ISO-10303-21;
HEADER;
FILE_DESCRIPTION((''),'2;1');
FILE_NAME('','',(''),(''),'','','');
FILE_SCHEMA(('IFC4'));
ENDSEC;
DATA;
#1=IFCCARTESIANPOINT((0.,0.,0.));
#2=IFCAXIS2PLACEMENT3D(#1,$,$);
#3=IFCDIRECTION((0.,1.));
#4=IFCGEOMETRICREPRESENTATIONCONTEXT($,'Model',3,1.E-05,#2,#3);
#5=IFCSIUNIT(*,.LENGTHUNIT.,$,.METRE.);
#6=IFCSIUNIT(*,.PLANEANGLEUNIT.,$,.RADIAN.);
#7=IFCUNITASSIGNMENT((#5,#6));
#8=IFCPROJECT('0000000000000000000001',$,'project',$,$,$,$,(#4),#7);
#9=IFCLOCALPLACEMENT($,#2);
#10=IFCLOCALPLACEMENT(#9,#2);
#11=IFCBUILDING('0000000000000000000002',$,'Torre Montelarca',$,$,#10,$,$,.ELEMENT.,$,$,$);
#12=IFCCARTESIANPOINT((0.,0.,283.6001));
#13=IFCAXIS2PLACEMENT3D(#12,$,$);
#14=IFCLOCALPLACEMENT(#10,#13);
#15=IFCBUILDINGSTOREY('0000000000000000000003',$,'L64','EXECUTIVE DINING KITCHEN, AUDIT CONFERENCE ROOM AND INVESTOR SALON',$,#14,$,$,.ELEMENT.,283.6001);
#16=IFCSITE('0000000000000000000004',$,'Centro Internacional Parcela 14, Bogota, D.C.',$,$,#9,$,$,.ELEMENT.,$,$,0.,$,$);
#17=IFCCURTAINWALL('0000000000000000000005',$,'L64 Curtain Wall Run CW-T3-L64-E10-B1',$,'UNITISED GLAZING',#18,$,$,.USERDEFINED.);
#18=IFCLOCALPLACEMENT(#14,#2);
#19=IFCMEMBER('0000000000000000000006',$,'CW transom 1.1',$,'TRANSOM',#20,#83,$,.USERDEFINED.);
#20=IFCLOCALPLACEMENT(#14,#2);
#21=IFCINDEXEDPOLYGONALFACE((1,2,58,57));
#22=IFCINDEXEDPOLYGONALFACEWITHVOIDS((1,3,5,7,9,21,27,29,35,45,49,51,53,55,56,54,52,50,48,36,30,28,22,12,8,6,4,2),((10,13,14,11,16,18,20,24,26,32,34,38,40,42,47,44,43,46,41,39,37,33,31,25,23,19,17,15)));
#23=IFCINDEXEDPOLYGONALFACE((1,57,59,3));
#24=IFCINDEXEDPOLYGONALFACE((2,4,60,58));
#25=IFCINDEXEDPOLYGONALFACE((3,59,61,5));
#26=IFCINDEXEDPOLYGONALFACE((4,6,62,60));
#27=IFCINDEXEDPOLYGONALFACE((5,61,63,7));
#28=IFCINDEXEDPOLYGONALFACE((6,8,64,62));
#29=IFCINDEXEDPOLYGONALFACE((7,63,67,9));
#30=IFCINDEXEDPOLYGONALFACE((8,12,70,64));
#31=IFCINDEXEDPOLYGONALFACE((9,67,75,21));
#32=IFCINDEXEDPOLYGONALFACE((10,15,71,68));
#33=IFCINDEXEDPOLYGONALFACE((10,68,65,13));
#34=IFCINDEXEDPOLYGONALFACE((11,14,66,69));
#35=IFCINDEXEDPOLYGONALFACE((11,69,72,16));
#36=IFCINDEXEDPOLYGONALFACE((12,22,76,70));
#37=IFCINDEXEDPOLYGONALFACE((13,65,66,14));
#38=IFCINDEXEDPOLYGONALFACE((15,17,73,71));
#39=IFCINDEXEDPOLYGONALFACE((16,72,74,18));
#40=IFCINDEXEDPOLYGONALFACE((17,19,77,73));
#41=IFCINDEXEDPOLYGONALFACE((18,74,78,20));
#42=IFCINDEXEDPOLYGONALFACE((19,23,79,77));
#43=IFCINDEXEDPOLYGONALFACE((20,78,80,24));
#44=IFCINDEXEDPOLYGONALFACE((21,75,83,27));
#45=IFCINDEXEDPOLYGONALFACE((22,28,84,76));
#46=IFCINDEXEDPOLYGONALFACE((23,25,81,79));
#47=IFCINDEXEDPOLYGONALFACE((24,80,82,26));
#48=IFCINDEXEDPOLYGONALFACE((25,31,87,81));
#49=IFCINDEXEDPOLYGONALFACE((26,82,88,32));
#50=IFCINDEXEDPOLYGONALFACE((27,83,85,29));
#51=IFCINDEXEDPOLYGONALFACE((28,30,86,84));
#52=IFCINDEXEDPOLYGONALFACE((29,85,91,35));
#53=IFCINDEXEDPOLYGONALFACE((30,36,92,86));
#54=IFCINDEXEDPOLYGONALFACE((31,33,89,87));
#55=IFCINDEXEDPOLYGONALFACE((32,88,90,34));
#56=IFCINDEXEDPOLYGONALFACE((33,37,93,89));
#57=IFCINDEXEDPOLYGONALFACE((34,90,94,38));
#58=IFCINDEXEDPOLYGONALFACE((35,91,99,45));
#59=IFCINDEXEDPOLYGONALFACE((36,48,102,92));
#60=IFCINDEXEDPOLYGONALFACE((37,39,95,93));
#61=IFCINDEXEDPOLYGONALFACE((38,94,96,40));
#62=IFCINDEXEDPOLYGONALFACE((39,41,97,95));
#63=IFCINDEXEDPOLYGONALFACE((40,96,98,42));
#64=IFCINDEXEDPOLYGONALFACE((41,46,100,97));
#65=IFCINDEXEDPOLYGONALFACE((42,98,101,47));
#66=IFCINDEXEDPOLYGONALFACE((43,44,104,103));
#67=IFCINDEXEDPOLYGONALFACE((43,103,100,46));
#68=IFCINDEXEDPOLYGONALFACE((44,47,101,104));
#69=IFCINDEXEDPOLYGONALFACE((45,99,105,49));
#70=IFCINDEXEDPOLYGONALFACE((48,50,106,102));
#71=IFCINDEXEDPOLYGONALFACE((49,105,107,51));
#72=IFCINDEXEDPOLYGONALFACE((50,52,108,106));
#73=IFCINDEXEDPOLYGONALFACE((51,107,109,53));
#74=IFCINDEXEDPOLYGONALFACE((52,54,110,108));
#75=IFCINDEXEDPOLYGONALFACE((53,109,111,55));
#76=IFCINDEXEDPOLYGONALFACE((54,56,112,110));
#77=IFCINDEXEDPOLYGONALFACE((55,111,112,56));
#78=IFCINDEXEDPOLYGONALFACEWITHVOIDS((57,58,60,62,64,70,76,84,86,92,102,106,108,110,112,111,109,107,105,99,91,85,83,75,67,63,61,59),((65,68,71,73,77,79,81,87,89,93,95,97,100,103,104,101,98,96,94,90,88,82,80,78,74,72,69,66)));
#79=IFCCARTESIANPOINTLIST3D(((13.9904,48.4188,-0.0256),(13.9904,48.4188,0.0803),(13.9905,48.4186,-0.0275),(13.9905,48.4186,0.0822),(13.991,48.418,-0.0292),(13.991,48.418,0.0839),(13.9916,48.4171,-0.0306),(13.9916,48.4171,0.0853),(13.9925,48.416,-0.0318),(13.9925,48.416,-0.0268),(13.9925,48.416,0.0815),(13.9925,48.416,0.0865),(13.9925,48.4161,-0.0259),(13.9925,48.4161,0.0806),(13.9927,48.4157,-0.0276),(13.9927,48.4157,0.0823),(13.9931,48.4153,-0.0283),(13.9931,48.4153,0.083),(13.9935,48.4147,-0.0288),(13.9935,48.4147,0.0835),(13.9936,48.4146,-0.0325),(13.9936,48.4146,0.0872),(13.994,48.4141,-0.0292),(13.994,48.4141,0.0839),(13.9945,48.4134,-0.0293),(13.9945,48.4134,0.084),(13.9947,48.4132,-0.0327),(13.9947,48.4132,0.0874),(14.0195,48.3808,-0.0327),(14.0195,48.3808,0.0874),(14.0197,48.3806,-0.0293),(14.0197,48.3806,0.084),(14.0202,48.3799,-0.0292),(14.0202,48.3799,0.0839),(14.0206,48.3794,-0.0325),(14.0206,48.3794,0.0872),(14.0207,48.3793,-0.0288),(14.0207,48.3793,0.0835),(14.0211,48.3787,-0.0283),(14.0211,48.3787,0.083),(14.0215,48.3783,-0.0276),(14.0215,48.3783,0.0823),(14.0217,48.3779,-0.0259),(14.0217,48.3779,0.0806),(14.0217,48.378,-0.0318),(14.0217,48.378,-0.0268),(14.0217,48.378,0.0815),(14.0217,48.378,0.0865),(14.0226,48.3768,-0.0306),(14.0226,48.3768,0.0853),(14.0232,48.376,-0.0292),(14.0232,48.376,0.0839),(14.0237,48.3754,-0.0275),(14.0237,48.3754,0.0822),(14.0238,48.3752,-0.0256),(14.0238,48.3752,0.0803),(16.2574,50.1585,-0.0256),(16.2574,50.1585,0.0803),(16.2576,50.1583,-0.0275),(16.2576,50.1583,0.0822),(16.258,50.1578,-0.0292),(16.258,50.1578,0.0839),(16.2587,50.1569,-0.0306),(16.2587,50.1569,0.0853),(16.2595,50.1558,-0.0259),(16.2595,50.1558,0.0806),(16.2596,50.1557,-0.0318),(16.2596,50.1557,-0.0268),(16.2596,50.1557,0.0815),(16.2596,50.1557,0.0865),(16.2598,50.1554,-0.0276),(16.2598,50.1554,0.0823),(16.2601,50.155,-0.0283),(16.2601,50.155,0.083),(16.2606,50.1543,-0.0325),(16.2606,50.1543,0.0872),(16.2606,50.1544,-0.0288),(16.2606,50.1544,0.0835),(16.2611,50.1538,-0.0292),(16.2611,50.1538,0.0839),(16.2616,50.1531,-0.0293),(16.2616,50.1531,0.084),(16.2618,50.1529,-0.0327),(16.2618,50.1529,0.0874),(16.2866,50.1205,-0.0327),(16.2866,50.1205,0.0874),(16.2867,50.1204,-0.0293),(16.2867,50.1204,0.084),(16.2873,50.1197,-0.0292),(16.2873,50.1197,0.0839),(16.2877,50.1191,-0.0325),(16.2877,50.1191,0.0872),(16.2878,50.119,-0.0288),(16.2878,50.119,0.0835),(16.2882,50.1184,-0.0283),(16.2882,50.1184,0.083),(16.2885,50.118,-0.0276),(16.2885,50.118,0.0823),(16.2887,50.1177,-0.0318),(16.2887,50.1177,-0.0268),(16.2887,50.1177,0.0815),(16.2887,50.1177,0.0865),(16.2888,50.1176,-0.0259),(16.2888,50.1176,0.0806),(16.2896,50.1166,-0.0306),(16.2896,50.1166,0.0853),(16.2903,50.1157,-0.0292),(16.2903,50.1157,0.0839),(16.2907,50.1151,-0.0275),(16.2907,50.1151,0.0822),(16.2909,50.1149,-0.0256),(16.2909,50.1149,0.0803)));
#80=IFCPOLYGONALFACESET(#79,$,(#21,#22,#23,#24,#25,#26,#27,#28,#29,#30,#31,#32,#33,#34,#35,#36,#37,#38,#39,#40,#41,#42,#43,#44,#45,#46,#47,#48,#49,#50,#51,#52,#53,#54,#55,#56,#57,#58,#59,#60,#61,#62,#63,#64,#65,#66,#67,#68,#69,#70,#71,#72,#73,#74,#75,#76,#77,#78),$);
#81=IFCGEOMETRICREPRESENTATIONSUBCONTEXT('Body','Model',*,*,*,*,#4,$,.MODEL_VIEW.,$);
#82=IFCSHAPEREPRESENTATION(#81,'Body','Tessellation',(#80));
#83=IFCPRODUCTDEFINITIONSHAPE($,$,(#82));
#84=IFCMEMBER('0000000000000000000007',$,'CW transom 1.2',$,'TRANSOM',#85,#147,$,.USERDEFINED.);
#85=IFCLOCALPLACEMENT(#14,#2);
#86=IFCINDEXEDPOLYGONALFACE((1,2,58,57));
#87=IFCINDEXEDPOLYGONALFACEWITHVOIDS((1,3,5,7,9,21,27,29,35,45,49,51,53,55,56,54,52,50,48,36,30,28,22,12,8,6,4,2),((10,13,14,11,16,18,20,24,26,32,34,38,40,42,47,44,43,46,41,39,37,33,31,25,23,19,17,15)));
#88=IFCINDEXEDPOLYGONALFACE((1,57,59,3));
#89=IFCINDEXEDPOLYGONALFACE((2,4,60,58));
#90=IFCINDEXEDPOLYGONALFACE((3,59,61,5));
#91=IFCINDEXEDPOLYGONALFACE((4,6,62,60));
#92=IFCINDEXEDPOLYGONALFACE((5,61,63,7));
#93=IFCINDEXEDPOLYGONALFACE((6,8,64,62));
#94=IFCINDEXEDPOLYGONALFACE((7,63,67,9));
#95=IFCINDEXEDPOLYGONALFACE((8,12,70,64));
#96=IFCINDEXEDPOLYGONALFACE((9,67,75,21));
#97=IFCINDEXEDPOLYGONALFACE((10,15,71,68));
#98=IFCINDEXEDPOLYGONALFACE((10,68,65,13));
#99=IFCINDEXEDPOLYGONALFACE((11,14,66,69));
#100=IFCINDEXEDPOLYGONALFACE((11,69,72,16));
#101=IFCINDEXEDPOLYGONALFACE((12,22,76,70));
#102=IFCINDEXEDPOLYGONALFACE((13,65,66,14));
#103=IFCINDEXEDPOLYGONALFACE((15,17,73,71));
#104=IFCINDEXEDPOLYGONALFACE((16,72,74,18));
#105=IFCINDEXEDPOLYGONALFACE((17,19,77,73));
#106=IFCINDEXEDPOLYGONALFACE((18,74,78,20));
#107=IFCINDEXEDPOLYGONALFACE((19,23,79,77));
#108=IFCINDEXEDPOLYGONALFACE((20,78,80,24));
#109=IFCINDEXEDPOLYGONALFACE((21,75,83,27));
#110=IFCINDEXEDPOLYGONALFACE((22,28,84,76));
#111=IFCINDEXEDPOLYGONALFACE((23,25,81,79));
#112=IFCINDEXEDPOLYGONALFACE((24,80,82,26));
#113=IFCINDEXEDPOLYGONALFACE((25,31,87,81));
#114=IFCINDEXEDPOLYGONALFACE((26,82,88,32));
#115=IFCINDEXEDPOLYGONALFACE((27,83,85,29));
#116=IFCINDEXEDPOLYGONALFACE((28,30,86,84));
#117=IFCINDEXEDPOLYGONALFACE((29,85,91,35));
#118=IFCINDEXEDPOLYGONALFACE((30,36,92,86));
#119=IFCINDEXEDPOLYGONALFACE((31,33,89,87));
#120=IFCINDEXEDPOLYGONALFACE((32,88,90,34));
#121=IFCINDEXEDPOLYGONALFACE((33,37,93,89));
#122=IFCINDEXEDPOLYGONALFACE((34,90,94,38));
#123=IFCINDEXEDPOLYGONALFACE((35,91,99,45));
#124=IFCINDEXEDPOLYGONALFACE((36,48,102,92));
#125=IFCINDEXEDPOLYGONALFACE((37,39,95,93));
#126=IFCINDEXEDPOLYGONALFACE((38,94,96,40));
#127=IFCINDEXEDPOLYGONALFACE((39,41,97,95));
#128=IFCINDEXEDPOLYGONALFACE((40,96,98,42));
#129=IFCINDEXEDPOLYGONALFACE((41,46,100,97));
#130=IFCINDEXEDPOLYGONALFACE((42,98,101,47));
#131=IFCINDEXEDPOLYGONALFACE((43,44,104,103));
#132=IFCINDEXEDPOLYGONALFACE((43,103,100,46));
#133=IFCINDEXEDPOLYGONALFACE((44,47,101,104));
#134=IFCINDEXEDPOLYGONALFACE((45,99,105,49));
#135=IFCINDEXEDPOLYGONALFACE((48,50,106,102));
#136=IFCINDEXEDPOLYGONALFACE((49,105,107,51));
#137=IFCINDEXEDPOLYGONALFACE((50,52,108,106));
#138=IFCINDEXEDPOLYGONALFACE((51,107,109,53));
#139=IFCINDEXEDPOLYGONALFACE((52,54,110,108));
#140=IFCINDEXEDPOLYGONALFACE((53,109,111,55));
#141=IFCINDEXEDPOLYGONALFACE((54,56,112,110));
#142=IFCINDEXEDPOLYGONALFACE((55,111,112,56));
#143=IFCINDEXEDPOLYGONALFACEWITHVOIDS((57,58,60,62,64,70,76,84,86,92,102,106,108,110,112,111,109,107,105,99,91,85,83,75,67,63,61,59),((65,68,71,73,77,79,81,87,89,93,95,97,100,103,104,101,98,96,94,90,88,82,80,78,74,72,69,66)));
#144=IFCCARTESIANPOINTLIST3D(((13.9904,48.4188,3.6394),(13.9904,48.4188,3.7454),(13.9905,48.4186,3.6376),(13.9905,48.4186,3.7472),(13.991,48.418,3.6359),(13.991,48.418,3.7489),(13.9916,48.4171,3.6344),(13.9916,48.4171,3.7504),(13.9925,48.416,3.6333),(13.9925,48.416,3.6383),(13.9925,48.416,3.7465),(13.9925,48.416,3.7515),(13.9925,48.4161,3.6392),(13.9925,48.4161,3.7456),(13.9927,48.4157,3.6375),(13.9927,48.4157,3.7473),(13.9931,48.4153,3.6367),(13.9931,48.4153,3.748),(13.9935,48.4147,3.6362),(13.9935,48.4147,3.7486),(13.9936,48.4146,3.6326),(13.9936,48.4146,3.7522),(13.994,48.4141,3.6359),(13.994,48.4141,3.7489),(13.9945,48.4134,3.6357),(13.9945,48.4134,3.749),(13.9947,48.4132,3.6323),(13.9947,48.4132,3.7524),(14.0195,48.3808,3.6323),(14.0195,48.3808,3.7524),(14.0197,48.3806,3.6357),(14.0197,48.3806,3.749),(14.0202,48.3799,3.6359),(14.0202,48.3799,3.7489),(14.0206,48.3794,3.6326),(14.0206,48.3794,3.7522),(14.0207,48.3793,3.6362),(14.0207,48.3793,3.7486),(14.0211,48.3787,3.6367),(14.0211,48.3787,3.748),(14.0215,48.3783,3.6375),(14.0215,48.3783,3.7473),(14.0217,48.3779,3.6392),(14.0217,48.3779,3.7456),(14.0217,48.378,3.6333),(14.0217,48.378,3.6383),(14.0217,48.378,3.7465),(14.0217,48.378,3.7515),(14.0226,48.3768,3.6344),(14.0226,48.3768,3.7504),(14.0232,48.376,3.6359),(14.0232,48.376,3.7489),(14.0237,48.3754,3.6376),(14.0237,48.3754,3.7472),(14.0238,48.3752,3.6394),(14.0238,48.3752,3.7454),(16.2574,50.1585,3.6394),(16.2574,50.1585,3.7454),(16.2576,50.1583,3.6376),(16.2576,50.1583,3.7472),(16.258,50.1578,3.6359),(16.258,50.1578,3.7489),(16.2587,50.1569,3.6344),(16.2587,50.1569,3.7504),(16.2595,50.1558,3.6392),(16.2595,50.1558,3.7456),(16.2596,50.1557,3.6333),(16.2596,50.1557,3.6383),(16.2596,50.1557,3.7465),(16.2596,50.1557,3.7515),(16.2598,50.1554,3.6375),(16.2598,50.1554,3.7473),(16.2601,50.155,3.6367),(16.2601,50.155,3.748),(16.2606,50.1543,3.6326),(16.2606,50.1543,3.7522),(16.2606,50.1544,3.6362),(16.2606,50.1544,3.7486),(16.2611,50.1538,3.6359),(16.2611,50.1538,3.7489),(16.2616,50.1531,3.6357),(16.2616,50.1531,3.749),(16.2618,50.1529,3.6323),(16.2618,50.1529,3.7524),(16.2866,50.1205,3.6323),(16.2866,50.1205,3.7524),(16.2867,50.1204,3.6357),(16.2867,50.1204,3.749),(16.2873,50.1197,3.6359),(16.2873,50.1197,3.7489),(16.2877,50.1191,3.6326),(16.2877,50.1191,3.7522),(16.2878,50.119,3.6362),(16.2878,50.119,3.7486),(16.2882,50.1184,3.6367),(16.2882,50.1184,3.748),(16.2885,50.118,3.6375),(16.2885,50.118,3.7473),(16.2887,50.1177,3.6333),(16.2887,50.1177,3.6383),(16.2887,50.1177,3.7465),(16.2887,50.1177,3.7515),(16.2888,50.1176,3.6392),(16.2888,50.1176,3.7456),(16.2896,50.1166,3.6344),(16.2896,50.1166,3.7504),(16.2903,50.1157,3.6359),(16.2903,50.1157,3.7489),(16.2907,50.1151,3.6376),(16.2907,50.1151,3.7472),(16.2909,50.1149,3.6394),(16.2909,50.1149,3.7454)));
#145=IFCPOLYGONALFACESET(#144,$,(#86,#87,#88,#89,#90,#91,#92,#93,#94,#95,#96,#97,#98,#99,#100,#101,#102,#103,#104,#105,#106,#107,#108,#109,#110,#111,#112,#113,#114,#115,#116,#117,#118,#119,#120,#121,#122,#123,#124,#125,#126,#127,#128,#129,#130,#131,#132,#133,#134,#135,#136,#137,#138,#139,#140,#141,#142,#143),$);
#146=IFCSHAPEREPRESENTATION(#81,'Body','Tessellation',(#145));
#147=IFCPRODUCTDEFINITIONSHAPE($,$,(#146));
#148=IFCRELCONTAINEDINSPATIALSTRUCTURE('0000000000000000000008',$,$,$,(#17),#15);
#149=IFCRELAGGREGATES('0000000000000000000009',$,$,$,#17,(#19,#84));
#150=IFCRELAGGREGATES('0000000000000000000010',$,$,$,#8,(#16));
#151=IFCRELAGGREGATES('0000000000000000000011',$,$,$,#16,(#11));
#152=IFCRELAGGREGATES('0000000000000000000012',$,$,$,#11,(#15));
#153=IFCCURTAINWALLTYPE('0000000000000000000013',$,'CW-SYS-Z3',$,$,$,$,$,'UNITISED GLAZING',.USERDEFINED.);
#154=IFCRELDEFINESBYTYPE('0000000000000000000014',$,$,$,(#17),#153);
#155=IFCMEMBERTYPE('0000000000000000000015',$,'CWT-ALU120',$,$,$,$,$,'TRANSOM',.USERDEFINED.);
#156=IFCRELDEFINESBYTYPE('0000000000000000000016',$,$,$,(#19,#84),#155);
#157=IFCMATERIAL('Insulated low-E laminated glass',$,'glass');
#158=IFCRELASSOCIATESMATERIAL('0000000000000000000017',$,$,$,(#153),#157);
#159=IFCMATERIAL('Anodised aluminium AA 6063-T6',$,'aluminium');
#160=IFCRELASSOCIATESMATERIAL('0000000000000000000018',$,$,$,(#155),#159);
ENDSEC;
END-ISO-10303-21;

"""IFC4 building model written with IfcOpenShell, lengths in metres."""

from ifc_helpers import new_model, si_unit, direction, frame, origin, origin_2d, place, context, subcontext, project, spatial, hollow_rectangle, extrude, source, transform, mapped, material, material_profile, profile_set, type_object, element, aggregate, save


model = new_model("IFC4")

# Units and contexts
model_context = context("Model", 3, precision=1e-05, world=origin(), true_north=direction((0.0, 1.0)))
body_context = subcontext(model_context, "Body", "Model", "MODEL_VIEW")
ifc_project = project(units=[si_unit("LENGTHUNIT", "METRE"), si_unit("PLANEANGLEUNIT", "RADIAN")], contexts=[model_context])

# Site, building, storey
site_placement = place(None, origin())
site = spatial("IfcSite", under=ifc_project, at=site_placement, Name="Centro Internacional Parcela 14, Bogota, D.C.", CompositionType="ELEMENT", RefElevation=0.0)
building_placement = place(site_placement, origin())
building = spatial("IfcBuilding", under=site, at=building_placement, Name="Torre Montelarca", CompositionType="ELEMENT")
storey_placement = place(building_placement, frame((0.0, 0.0, 283.6001)))
storey = spatial("IfcBuildingStorey", under=building, at=storey_placement, Name="L64", Description="EXECUTIVE DINING KITCHEN, AUDIT CONFERENCE ROOM AND INVESTOR SALON", CompositionType="ELEMENT", Elevation=283.6001)

# Curtain wall, members
ifc_material_1 = material(Name="Insulated low-E laminated glass", Category="glass")
curtain_wall_type = type_object("IfcCurtainWallType", Name="CW-SYS-Z3", ElementType="UNITISED GLAZING", PredefinedType="USERDEFINED", material=ifc_material_1)
ifc_material_2 = material(Name="Anodised aluminium AA 6063-T6", Category="aluminium")
ifc_material_profile_1 = material_profile(ifc_material_2, hollow_rectangle(XDim=0.0549, YDim=0.1201, WallThickness=0.0034, InnerFilletRadius=0.0034, OuterFilletRadius=0.0071, at=origin_2d()), Name="ALU55X120X3.5", Category="aluminium")
ifc_profile_set_1 = profile_set([ifc_material_profile_1], Name="Anodised aluminium AA 6063-T6")
member_type_1 = type_object("IfcMemberType", Name="CWT-ALU120", ElementType="TRANSOM", PredefinedType="USERDEFINED", material=ifc_profile_set_1)
curtain_wall_1_placement = place(storey_placement, origin())
curtain_wall_1 = element("IfcCurtainWall", 1, at=curtain_wall_1_placement, inside=storey, type_object=curtain_wall_type, Name="L64 Curtain Wall Run CW-T3-L64-E10-B1", ObjectType="UNITISED GLAZING", PredefinedType="USERDEFINED")
shared_shape_1 = source(origin(), body_context, "Body", "SweptSolid", [
    extrude(hollow_rectangle(XDim=0.0549, YDim=0.1201, WallThickness=0.0034, InnerFilletRadius=0.0034, OuterFilletRadius=0.0071, at=origin_2d()), origin(), (0.0, 0.0, 1.0), 2.8577),
])
member_1_placement = place(storey_placement, frame((16.2742, 50.1367, 0.0273), z_axis=(-0.793329, -0.608794, 0.0), x_axis=(0.608794, -0.793329, 0.0)))
member_1 = element("IfcMember", 2, at=member_1_placement, type_object=member_type_1, Name="CW transom 1.1", ObjectType="TRANSOM", PredefinedType="USERDEFINED", context=body_context, shape_type="MappedRepresentation", body=[
    mapped(shared_shape_1, transform((0.0, 0.0, 0.0), scale=1.0)),
])
member_2_placement = place(storey_placement, frame((16.2742, 50.1367, 3.6924), z_axis=(-0.793329, -0.608794, 0.0), x_axis=(0.608794, -0.793329, 0.0)))
member_2 = element("IfcMember", 3, at=member_2_placement, type_object=member_type_1, Name="CW transom 1.2", ObjectType="TRANSOM", PredefinedType="USERDEFINED", context=body_context, shape_type="MappedRepresentation", body=[
    mapped(shared_shape_1, transform((0.0, 0.0, 0.0), scale=1.0)),
])

aggregate(curtain_wall_1, [member_1, member_2])

save(model, "model.ifc")
